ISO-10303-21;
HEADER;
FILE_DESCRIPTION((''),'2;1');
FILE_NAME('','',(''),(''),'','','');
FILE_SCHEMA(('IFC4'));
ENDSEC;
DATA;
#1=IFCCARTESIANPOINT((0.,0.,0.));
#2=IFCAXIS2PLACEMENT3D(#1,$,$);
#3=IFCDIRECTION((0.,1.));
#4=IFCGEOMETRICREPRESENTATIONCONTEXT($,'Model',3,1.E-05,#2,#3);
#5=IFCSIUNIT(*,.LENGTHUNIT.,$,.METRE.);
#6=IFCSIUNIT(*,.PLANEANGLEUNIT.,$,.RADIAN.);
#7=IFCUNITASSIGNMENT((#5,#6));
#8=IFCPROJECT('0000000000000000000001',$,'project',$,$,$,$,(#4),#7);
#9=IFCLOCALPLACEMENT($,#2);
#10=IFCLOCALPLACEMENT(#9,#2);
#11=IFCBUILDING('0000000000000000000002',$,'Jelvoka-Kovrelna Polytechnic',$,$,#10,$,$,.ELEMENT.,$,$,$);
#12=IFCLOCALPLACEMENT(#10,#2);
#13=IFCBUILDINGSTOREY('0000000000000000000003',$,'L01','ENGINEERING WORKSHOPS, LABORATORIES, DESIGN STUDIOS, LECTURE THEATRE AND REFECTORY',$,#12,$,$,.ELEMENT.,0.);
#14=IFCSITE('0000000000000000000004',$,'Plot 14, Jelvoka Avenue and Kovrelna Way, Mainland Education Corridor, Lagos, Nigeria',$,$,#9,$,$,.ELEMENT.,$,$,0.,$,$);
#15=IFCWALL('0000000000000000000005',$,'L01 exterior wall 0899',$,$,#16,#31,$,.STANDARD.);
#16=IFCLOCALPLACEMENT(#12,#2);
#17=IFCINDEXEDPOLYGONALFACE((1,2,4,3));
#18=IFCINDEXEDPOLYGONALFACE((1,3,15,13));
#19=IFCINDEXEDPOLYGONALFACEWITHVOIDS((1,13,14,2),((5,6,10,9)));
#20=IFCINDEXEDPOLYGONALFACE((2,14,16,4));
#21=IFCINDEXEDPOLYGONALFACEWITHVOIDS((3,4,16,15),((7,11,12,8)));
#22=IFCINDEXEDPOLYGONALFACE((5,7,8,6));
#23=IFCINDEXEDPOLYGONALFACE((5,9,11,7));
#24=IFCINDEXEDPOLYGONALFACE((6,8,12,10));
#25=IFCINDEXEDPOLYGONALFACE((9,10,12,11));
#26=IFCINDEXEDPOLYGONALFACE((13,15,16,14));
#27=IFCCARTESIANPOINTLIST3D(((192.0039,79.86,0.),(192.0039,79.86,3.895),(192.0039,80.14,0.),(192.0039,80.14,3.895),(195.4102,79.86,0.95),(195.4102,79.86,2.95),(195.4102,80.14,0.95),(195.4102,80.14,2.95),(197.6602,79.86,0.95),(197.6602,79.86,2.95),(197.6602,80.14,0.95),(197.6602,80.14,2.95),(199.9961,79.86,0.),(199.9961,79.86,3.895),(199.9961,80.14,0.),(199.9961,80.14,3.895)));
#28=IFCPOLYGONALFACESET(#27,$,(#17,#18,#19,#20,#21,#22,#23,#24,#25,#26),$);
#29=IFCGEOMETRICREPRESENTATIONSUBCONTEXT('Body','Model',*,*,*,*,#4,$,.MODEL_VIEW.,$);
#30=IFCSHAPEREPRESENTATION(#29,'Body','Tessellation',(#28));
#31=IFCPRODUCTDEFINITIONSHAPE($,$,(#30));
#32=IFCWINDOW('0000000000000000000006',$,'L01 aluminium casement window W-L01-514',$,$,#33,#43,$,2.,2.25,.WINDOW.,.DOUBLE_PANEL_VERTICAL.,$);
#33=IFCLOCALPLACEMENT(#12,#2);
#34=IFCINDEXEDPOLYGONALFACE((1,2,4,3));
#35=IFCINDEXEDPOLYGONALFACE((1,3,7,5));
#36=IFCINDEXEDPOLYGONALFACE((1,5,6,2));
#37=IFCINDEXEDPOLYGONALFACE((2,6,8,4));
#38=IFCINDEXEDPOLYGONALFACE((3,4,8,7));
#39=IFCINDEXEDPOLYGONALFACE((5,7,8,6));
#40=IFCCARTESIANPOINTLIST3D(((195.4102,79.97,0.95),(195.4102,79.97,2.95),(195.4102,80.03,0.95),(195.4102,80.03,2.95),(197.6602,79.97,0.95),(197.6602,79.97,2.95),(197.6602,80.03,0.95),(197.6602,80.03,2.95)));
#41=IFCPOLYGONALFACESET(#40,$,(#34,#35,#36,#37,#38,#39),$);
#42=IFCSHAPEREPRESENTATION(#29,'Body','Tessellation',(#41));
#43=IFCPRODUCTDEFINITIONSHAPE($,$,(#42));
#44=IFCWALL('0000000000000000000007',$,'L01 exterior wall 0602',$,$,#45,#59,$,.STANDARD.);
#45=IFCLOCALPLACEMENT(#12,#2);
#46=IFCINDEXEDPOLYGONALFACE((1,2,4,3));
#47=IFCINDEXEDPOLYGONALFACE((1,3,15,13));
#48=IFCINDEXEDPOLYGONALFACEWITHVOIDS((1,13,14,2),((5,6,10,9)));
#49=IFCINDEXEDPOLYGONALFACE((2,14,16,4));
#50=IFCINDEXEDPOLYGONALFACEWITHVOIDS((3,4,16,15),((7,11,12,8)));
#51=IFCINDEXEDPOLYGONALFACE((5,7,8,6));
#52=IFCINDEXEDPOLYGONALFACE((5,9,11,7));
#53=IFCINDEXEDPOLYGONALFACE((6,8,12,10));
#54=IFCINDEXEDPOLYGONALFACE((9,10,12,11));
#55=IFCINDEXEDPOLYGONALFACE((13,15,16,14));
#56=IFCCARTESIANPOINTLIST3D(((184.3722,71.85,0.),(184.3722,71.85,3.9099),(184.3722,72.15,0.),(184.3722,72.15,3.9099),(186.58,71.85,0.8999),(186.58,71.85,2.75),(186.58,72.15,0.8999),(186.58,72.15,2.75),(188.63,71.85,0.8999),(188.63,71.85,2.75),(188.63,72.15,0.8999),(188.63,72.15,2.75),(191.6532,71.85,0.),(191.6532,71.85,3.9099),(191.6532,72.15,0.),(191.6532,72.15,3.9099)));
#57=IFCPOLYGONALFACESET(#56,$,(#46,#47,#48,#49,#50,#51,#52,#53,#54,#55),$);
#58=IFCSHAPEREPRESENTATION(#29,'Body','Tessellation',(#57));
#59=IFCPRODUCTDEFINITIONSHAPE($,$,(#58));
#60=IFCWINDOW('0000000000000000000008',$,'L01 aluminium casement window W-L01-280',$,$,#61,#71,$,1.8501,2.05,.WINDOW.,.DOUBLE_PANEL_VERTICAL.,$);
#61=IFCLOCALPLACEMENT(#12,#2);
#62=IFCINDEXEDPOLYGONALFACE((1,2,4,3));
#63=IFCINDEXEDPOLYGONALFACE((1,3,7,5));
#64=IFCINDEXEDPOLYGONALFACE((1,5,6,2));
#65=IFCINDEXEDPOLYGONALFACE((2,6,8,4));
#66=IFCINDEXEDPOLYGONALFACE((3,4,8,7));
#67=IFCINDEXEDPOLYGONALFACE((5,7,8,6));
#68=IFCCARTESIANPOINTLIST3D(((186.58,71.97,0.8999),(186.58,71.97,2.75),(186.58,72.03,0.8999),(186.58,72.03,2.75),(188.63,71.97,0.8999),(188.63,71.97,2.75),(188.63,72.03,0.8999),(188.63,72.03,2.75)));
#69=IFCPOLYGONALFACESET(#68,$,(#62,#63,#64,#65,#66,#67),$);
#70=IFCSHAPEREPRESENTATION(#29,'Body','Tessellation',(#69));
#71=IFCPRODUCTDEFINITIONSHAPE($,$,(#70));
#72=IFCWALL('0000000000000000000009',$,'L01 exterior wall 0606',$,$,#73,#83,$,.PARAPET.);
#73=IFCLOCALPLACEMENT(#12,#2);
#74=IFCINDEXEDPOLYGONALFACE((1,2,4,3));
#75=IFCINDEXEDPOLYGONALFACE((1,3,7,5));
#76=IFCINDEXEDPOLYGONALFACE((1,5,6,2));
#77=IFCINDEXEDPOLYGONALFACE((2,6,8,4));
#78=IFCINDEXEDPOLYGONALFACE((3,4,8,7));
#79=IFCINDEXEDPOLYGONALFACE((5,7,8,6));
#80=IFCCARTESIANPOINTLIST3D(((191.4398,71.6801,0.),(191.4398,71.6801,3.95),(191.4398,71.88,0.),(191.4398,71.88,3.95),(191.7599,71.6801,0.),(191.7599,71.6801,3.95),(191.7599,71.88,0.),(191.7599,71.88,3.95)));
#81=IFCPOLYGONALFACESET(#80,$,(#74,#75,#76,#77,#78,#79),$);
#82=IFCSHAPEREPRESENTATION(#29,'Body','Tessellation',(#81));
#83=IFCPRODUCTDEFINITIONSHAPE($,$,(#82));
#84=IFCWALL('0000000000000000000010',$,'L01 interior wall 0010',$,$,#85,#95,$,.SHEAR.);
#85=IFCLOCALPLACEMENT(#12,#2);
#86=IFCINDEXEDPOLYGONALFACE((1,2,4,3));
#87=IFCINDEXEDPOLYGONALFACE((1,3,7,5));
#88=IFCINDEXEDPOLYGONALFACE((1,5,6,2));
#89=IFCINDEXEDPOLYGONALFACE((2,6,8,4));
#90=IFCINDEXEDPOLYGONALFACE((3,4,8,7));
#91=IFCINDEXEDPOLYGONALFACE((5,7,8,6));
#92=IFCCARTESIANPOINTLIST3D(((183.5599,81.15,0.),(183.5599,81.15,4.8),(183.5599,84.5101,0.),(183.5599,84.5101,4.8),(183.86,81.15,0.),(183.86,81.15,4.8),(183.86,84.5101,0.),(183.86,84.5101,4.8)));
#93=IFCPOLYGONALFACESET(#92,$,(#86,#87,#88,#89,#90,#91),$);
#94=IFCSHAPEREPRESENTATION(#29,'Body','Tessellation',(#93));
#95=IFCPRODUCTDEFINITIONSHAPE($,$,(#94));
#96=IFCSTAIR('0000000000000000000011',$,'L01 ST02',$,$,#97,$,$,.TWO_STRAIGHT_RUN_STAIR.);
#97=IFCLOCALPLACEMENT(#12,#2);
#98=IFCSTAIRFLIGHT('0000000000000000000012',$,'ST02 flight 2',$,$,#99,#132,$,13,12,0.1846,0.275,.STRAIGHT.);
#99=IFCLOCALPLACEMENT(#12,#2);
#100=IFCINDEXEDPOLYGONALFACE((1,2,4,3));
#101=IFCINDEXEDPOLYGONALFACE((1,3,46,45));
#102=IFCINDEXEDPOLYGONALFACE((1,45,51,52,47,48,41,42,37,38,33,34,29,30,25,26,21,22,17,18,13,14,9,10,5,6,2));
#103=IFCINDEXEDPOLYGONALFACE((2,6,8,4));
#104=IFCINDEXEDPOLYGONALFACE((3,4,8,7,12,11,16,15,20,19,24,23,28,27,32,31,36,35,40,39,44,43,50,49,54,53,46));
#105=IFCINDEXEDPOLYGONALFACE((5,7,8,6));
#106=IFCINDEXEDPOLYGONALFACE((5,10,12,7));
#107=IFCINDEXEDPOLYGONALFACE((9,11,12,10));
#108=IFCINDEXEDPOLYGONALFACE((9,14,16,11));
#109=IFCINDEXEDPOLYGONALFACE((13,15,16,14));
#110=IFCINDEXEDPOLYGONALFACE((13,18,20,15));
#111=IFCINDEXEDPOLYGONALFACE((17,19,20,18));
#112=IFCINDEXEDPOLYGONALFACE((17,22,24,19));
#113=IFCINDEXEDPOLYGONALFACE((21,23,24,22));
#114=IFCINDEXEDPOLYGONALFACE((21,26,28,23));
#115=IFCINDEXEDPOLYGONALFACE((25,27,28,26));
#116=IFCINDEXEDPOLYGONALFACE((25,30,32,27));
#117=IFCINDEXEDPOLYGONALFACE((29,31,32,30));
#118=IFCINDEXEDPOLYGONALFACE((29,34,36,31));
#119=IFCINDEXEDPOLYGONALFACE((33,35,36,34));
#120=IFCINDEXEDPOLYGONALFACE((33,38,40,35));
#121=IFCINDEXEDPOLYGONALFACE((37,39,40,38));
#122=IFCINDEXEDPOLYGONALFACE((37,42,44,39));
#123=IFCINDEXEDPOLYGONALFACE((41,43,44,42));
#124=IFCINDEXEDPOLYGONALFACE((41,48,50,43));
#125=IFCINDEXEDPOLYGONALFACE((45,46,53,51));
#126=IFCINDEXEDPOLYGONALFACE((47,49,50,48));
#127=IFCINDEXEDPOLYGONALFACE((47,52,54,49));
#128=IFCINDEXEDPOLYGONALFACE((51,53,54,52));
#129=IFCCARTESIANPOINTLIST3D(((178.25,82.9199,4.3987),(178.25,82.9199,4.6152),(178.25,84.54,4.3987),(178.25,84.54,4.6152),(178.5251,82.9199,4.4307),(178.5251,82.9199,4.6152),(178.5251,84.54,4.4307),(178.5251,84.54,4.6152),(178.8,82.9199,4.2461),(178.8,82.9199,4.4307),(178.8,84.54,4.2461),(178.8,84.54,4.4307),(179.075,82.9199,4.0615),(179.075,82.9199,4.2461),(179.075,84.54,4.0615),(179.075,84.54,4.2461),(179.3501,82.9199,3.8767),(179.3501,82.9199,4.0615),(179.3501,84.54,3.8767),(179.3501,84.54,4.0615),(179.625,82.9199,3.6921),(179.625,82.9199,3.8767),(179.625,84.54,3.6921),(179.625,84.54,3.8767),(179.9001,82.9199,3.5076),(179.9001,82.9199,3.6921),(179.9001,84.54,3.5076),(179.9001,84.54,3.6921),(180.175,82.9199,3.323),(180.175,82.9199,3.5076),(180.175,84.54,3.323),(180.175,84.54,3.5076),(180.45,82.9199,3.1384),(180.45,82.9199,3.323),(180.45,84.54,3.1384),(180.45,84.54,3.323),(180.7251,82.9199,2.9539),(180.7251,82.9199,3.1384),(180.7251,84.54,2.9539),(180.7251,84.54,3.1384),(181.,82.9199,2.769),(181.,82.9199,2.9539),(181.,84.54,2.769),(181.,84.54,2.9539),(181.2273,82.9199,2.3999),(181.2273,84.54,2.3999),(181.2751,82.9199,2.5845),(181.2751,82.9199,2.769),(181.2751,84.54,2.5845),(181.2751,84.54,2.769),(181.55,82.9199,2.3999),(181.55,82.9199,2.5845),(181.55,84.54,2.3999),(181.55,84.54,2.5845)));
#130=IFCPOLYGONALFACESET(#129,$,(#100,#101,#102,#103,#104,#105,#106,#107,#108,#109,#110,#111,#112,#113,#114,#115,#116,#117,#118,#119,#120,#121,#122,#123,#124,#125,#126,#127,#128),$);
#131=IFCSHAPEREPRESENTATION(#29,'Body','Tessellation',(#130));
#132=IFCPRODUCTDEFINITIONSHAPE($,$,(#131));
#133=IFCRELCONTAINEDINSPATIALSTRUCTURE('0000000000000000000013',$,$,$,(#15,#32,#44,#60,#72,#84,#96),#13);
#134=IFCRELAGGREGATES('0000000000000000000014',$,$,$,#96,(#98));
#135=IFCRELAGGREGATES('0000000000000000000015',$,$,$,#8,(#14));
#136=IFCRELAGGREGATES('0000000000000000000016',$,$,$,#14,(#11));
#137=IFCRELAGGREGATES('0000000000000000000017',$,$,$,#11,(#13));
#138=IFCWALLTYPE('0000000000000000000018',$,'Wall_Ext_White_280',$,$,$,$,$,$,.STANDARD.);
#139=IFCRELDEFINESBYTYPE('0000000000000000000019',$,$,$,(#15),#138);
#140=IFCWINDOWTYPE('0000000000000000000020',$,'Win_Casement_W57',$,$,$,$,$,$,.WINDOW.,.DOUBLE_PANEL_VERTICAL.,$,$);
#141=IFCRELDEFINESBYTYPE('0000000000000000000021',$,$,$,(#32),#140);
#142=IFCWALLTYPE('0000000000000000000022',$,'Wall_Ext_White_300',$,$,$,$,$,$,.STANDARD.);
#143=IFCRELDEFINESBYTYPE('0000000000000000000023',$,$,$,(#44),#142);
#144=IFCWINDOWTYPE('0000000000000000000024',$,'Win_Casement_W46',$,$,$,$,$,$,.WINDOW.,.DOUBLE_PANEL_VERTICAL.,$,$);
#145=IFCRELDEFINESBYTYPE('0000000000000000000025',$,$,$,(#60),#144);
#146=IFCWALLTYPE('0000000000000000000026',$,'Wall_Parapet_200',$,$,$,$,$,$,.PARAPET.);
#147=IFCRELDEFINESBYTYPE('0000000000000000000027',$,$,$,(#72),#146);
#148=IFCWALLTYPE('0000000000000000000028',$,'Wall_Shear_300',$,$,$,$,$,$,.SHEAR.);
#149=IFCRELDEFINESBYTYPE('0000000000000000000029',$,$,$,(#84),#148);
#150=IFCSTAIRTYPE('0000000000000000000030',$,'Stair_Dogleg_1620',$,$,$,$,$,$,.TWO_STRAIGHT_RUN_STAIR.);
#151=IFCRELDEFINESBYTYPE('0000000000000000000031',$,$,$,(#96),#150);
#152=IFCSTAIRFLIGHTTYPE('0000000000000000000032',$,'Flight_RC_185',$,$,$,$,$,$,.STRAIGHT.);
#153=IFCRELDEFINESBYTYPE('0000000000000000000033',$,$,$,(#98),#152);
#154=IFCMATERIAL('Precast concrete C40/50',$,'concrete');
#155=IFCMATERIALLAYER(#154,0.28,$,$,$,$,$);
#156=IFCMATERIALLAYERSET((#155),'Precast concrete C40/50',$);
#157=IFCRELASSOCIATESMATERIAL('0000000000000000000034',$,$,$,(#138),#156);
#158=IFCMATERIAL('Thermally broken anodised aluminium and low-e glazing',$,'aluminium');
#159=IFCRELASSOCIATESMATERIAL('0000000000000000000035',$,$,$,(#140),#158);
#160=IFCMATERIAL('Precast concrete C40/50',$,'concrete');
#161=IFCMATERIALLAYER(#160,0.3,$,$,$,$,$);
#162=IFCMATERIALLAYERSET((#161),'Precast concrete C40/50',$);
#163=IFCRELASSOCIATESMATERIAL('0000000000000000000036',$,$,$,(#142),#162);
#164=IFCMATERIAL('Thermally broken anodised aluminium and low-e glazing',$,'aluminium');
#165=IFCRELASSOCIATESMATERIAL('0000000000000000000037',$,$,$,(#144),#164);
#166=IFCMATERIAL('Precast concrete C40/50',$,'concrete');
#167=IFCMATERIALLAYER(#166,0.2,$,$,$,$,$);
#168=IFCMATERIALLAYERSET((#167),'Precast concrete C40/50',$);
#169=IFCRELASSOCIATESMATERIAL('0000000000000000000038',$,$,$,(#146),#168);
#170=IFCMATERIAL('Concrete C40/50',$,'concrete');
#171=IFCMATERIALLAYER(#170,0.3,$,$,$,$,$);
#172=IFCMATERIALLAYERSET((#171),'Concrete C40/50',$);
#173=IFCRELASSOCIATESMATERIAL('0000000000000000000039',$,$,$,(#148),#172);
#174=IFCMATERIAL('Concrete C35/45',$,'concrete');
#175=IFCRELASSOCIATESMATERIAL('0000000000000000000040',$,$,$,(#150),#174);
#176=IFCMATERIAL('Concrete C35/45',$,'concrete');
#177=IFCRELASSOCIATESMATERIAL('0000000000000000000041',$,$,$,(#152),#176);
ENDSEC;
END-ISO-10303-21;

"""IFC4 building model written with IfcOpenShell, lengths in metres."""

from ifc_helpers import new_model, si_unit, direction, frame, frame_2d, origin, place, context, subcontext, project, spatial, polyline, rectangle, outline, extrude, material, layer, layer_set, type_object, element, fill, aggregate, save


model = new_model("IFC4")

# Units and contexts
model_context = context("Model", 3, precision=1e-05, world=origin(), true_north=direction((0.0, 1.0)))
body_context = subcontext(model_context, "Body", "Model", "MODEL_VIEW")
ifc_project = project(units=[si_unit("LENGTHUNIT", "METRE"), si_unit("PLANEANGLEUNIT", "RADIAN")], contexts=[model_context])

# Site, building, storey
site_placement = place(None, origin())
site = spatial("IfcSite", under=ifc_project, at=site_placement, Name="Plot 14, Jelvoka Avenue and Kovrelna Way, Mainland Education Corridor, Lagos, Nigeria", CompositionType="ELEMENT", RefElevation=0.0)
building_placement = place(site_placement, origin())
building = spatial("IfcBuilding", under=site, at=building_placement, Name="Jelvoka-Kovrelna Polytechnic", CompositionType="ELEMENT")
storey_placement = place(building_placement, origin())
storey = spatial("IfcBuildingStorey", under=building, at=storey_placement, Name="L01", Description="ENGINEERING WORKSHOPS, LABORATORIES, DESIGN STUDIOS, LECTURE THEATRE AND REFECTORY", CompositionType="ELEMENT", Elevation=0.0)

# Walls, openings, windows
ifc_material_1 = material(Name="Precast concrete C40/50", Category="concrete")
ifc_layer_1 = layer(ifc_material_1, 0.28)
ifc_layer_set_1 = layer_set([ifc_layer_1], Name="Precast concrete C40/50")
wall_type_1 = type_object("IfcWallType", Name="Wall_Ext_White_280", PredefinedType="STANDARD", material=ifc_layer_set_1)
ifc_material_2 = material(Name="Thermally broken anodised aluminium and low-e glazing", Category="aluminium")
window_type_1 = type_object("IfcWindowType", Name="Win_Casement_W57", PartitioningType="DOUBLE_PANEL_VERTICAL", PredefinedType="WINDOW", material=ifc_material_2)
wall_1_placement = place(storey_placement, frame((199.9961, 80.0, 0.0), z_axis=(0.0, 0.0, 1.0), x_axis=(-1.0, 0.0, 0.0)))
wall_1 = element("IfcWall", 1, at=wall_1_placement, inside=storey, type_object=wall_type_1, Name="L01 exterior wall 0899", PredefinedType="STANDARD", context=body_context, shape_type="SweptSolid", body=[
    extrude(rectangle(XDim=7.9922, YDim=0.28, at=frame_2d((3.9961, 0.0))), origin(), (0.0, 0.0, 1.0), 3.895),
])
opening_1_placement = place(wall_1_placement, frame((2.3359, 0.0, 0.95)))
opening_1 = element("IfcOpeningElement", 2, at=opening_1_placement, cuts=wall_1, PredefinedType="OPENING", context=body_context, shape_type="SweptSolid", body=[
    extrude(rectangle(XDim=2.25, YDim=2.0, at=frame_2d((1.125, 1.0))), frame((0.0, 0.1501, 0.0), z_axis=(0.0, -1.0, 0.0), x_axis=(1.0, 0.0, 0.0)), (0.0, 0.0, 1.0), 0.3),
])
window_1_placement = place(opening_1_placement, origin())
window_1 = element("IfcWindow", 3, at=window_1_placement, inside=storey, type_object=window_type_1, Name="L01 aluminium casement window W-L01-514", OverallHeight=2.0, OverallWidth=2.25, PartitioningType="DOUBLE_PANEL_VERTICAL", PredefinedType="WINDOW", context=body_context, shape_type="SweptSolid", body=[
    extrude(rectangle(XDim=2.25, YDim=2.0, at=frame_2d((1.125, 1.0))), frame((0.0, 0.03, 0.0), z_axis=(0.0, -1.0, 0.0), x_axis=(1.0, 0.0, 0.0)), (0.0, 0.0, 1.0), 0.0601),
])
fill(opening_1, window_1)
ifc_material_3 = material(Name="Precast concrete C40/50", Category="concrete")
ifc_layer_2 = layer(ifc_material_3, 0.3)
ifc_layer_set_2 = layer_set([ifc_layer_2], Name="Precast concrete C40/50")
wall_type_2 = type_object("IfcWallType", Name="Wall_Ext_White_300", PredefinedType="STANDARD", material=ifc_layer_set_2)
wall_2_placement = place(storey_placement, frame((184.3721, 72.0, 0.0), z_axis=(0.0, 0.0, 1.0), x_axis=(1.0, 0.0, 0.0)))
wall_2 = element("IfcWall", 4, at=wall_2_placement, inside=storey, type_object=wall_type_2, Name="L01 exterior wall 0602", PredefinedType="STANDARD", context=body_context, shape_type="SweptSolid", body=[
    extrude(rectangle(XDim=7.281, YDim=0.3, at=frame_2d((3.6406, 0.0))), origin(), (0.0, 0.0, 1.0), 3.9099),
])
opening_2_placement = place(wall_2_placement, frame((2.208, 0.0, 0.8999)))
opening_2 = element("IfcOpeningElement", 5, at=opening_2_placement, cuts=wall_2, PredefinedType="OPENING", context=body_context, shape_type="SweptSolid", body=[
    extrude(rectangle(XDim=2.05, YDim=1.8501, at=frame_2d((1.0249, 0.925))), frame((0.0, 0.1599, 0.0), z_axis=(0.0, -1.0, 0.0), x_axis=(1.0, 0.0, 0.0)), (0.0, 0.0, 1.0), 0.3201),
])
ifc_material_4 = material(Name="Thermally broken anodised aluminium and low-e glazing", Category="aluminium")
window_type_2 = type_object("IfcWindowType", Name="Win_Casement_W46", PartitioningType="DOUBLE_PANEL_VERTICAL", PredefinedType="WINDOW", material=ifc_material_4)
window_2_placement = place(opening_2_placement, origin())
window_2 = element("IfcWindow", 6, at=window_2_placement, inside=storey, type_object=window_type_2, Name="L01 aluminium casement window W-L01-280", OverallHeight=1.8501, OverallWidth=2.05, PartitioningType="DOUBLE_PANEL_VERTICAL", PredefinedType="WINDOW", context=body_context, shape_type="SweptSolid", body=[
    extrude(rectangle(XDim=2.05, YDim=1.8501, at=frame_2d((1.0249, 0.925))), frame((0.0, 0.03, 0.0), z_axis=(0.0, -1.0, 0.0), x_axis=(1.0, 0.0, 0.0)), (0.0, 0.0, 1.0), 0.0601),
])
fill(opening_2, window_2)

# Walls
ifc_material_5 = material(Name="Precast concrete C40/50", Category="concrete")
ifc_layer_3 = layer(ifc_material_5, 0.2)
ifc_layer_set_3 = layer_set([ifc_layer_3], Name="Precast concrete C40/50")
wall_type_3 = type_object("IfcWallType", Name="Wall_Parapet_200", PredefinedType="PARAPET", material=ifc_layer_set_3)
wall_3_placement = place(storey_placement, frame((191.76, 71.78, 0.0), z_axis=(0.0, 0.0, 1.0), x_axis=(-1.0, 0.0, 0.0)))
element("IfcWall", 7, at=wall_3_placement, inside=storey, type_object=wall_type_3, Name="L01 exterior wall 0606", PredefinedType="PARAPET", context=body_context, shape_type="SweptSolid", body=[
    extrude(rectangle(XDim=0.3201, YDim=0.2, at=frame_2d((0.1602, 0.0))), origin(), (0.0, 0.0, 1.0), 3.95),
])
ifc_material_6 = material(Name="Concrete C40/50", Category="concrete")
ifc_layer_4 = layer(ifc_material_6, 0.3)
ifc_layer_set_4 = layer_set([ifc_layer_4], Name="Concrete C40/50")
wall_type_4 = type_object("IfcWallType", Name="Wall_Shear_300", PredefinedType="SHEAR", material=ifc_layer_set_4)
wall_4_placement = place(storey_placement, frame((183.71, 81.1499, 0.0), z_axis=(0.0, 0.0, 1.0), x_axis=(0.0, 1.0, 0.0)))
element("IfcWall", 8, at=wall_4_placement, inside=storey, type_object=wall_type_4, Name="L01 interior wall 0010", PredefinedType="SHEAR", context=body_context, shape_type="SweptSolid", body=[
    extrude(rectangle(XDim=3.3601, YDim=0.3, at=frame_2d((1.6802, 0.0))), origin(), (0.0, 0.0, 1.0), 4.8),
])

# Stair, stair flight
ifc_material_7 = material(Name="Concrete C35/45", Category="concrete")
stair_type = type_object("IfcStairType", Name="Stair_Dogleg_1620", PredefinedType="TWO_STRAIGHT_RUN_STAIR", material=ifc_material_7)
stair_placement = place(storey_placement, origin())
stair = element("IfcStair", 9, at=stair_placement, inside=storey, type_object=stair_type, Name="L01 ST02", PredefinedType="TWO_STRAIGHT_RUN_STAIR")
ifc_material_8 = material(Name="Concrete C35/45", Category="concrete")
stair_flight_type = type_object("IfcStairFlightType", Name="Flight_RC_185", PredefinedType="STRAIGHT", material=ifc_material_8)
stair_flight_placement = place(storey_placement, frame((181.55, 83.73, 2.3999), z_axis=(0.0, 0.0, 1.0), x_axis=(-1.0, 0.0, 0.0)))
stair_flight = element("IfcStairFlight", 10, at=stair_flight_placement, type_object=stair_flight_type, Name="ST02 flight 2", NumberOfRisers=13, NumberOfTreads=12, PredefinedType="STRAIGHT", RiserHeight=0.1846, TreadLength=0.275, context=body_context, shape_type="SweptSolid", body=[
    extrude(outline(polyline([(0.0, 0.0), (0.0, 0.1846), (0.2749, 0.1846), (0.2749, 0.3691), (0.55, 0.3691), (0.55, 0.554), (0.825, 0.554), (0.825, 0.7385), (1.1001, 0.7385), (1.1001, 0.9231), (1.375, 0.9231), (1.375, 1.1077), (1.6499, 1.1077), (1.6499, 1.2922), (1.925, 1.2922), (1.925, 1.4768), (2.2, 1.4768), (2.2, 1.6616), (2.4751, 1.6616), (2.4751, 1.8462), (2.75, 1.8462), (2.75, 2.0308), (3.0249, 2.0308), (3.0249, 2.2153), (3.3, 2.2153), (3.3, 2.3999), (3.3, 1.9988), (0.3228, 0.0), (0.0, 0.0)])), frame((0.0, 0.8101, 0.0), z_axis=(0.0, -1.0, 0.0), x_axis=(1.0, 0.0, 0.0)), (0.0, 0.0, 1.0), 1.6201),
])
aggregate(stair, [stair_flight])

save(model, "model.ifc")
